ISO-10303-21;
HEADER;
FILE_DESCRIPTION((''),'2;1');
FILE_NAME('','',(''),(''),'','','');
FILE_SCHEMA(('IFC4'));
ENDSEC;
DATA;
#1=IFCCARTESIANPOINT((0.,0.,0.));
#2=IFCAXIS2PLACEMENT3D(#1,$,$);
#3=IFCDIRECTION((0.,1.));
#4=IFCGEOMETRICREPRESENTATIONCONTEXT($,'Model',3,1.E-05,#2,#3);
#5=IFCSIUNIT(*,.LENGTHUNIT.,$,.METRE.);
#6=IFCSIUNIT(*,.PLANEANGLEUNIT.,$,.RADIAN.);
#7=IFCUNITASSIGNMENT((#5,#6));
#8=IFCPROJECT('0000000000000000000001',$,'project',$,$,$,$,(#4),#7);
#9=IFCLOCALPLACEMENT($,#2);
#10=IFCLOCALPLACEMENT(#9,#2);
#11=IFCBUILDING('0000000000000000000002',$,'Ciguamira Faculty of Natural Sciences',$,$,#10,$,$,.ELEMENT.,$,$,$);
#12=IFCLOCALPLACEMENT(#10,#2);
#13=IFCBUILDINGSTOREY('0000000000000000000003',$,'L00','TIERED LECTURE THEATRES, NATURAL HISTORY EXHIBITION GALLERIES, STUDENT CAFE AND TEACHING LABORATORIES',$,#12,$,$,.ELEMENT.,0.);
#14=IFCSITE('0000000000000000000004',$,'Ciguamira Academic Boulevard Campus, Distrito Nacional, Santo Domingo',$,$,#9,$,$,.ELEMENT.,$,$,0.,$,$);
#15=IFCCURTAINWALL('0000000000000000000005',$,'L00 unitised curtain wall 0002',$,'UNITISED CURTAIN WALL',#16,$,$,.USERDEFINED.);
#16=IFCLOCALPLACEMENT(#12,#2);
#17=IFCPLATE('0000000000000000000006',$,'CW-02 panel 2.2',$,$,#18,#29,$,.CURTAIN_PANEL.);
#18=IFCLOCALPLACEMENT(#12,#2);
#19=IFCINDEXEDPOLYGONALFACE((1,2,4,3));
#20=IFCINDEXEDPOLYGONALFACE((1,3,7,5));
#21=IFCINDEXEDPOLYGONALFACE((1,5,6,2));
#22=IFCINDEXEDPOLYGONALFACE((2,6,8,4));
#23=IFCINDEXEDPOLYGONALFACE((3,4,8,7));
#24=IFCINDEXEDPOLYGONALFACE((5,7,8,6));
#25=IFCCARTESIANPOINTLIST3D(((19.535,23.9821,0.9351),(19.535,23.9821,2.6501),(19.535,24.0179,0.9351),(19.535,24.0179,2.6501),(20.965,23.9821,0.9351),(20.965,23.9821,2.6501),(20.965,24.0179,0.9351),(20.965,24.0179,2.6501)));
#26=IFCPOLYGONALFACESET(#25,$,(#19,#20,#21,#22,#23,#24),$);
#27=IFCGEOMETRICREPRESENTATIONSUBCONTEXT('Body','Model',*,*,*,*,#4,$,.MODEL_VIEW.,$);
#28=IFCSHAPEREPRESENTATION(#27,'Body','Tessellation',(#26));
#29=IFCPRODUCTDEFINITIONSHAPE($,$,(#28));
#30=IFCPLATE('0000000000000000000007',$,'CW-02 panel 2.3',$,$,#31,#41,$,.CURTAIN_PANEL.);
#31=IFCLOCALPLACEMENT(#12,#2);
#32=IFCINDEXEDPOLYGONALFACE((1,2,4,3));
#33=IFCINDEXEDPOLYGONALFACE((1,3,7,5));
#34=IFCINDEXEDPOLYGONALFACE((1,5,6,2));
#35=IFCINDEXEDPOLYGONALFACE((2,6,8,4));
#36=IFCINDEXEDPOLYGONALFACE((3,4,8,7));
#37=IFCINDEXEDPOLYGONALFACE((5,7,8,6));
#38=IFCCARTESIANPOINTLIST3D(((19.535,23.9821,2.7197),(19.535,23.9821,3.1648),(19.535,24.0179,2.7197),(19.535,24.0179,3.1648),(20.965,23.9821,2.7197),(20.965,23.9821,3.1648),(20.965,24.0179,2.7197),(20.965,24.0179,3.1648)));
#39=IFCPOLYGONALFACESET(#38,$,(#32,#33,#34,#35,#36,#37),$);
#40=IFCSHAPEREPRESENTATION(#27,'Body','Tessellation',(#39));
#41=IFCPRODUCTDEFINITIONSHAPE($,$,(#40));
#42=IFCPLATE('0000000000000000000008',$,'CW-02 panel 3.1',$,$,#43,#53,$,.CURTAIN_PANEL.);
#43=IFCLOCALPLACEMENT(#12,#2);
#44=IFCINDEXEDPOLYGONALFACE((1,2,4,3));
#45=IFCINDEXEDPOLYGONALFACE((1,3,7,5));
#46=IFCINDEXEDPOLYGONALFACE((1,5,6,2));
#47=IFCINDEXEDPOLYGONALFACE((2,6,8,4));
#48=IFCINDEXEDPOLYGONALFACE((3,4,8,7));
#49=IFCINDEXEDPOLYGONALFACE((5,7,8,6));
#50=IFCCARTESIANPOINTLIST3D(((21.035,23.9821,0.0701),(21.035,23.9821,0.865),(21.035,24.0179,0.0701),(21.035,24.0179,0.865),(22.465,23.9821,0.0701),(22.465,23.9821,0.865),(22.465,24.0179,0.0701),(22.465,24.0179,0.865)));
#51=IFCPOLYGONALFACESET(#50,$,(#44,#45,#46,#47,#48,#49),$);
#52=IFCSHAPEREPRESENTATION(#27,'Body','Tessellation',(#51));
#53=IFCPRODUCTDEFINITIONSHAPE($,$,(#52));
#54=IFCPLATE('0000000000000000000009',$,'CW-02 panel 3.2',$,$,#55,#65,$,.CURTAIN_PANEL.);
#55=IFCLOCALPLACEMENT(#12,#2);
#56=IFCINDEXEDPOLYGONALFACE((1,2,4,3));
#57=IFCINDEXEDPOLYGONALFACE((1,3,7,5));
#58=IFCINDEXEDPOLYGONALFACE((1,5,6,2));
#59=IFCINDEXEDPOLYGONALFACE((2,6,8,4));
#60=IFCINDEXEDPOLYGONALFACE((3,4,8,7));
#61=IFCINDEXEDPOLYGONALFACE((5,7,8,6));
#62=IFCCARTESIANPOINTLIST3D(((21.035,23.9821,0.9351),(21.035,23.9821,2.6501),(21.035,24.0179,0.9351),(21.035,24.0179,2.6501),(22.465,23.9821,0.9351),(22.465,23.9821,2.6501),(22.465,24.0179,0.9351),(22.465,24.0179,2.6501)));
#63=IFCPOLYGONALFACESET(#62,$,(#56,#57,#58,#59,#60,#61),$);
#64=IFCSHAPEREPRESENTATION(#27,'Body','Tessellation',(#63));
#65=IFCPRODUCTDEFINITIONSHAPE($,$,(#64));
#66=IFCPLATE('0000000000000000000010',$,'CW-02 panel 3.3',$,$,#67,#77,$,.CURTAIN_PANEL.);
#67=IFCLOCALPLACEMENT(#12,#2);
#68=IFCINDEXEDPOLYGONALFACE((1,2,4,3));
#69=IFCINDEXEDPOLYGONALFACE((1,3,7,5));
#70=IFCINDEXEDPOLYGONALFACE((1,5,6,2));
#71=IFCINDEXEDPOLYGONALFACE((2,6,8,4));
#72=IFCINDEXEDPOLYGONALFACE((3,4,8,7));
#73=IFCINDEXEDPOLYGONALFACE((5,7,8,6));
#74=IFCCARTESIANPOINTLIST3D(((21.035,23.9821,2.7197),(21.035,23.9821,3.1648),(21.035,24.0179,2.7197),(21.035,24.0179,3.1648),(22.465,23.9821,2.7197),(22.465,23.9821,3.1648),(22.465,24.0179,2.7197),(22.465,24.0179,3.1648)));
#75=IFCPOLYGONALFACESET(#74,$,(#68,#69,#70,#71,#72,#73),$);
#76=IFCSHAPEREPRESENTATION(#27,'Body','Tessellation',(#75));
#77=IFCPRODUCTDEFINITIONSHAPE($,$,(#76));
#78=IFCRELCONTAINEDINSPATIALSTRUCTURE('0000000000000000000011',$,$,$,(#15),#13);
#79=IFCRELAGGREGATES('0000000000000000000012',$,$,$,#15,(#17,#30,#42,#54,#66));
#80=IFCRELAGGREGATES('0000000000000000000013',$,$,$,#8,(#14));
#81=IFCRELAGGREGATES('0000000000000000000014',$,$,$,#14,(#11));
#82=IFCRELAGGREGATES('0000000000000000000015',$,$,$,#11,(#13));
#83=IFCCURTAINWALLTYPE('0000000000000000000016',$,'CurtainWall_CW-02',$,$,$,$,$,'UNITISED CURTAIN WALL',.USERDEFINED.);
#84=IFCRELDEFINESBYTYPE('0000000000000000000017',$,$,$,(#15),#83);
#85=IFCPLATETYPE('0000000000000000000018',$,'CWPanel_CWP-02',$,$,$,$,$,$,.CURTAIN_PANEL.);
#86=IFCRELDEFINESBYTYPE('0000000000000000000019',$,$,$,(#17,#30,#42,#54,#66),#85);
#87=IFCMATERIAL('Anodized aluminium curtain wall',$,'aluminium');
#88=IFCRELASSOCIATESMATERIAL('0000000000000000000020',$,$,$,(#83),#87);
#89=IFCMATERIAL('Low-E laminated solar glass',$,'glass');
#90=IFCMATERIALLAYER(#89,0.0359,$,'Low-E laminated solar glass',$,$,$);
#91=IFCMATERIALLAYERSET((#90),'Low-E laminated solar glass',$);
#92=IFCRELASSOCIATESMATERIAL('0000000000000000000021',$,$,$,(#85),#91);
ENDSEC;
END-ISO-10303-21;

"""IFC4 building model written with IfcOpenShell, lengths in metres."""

from ifc_helpers import new_model, si_unit, direction, frame, origin, origin_2d, place, context, subcontext, project, spatial, rectangle, extrude, material, layer, layer_set, type_object, element, aggregate, save


model = new_model("IFC4")

# Units and contexts
model_context = context("Model", 3, precision=1e-05, world=origin(), true_north=direction((0.0, 1.0)))
body_context = subcontext(model_context, "Body", "Model", "MODEL_VIEW")
ifc_project = project(units=[si_unit("LENGTHUNIT", "METRE"), si_unit("PLANEANGLEUNIT", "RADIAN")], contexts=[model_context])

# Site, building, storey
site_placement = place(None, origin())
site = spatial("IfcSite", under=ifc_project, at=site_placement, Name="Ciguamira Academic Boulevard Campus, Distrito Nacional, Santo Domingo", CompositionType="ELEMENT", RefElevation=0.0)
building_placement = place(site_placement, origin())
building = spatial("IfcBuilding", under=site, at=building_placement, Name="Ciguamira Faculty of Natural Sciences", CompositionType="ELEMENT")
storey_placement = place(building_placement, origin())
storey = spatial("IfcBuildingStorey", under=building, at=storey_placement, Name="L00", Description="TIERED LECTURE THEATRES, NATURAL HISTORY EXHIBITION GALLERIES, STUDENT CAFE AND TEACHING LABORATORIES", CompositionType="ELEMENT", Elevation=0.0)

# Curtain wall, plates
ifc_material_1 = material(Name="Anodized aluminium curtain wall", Category="aluminium")
curtain_wall_type = type_object("IfcCurtainWallType", Name="CurtainWall_CW-02", ElementType="UNITISED CURTAIN WALL", PredefinedType="USERDEFINED", material=ifc_material_1)
curtain_wall_placement = place(storey_placement, origin())
curtain_wall = element("IfcCurtainWall", 1, at=curtain_wall_placement, inside=storey, type_object=curtain_wall_type, Name="L00 unitised curtain wall 0002", ObjectType="UNITISED CURTAIN WALL", PredefinedType="USERDEFINED")
ifc_material_2 = material(Name="Low-E laminated solar glass", Category="glass")
ifc_layer = layer(ifc_material_2, 0.0359, Name="Low-E laminated solar glass")
ifc_layer_set = layer_set([ifc_layer], Name="Low-E laminated solar glass")
plate_type = type_object("IfcPlateType", Name="CWPanel_CWP-02", PredefinedType="CURTAIN_PANEL", material=ifc_layer_set)
plate_1_placement = place(storey_placement, frame((20.25, 24.0, 0.9351), z_axis=(0.0, 0.0, 1.0), x_axis=(1.0, 0.0, 0.0)))
plate_1 = element("IfcPlate", 2, at=plate_1_placement, type_object=plate_type, Name="CW-02 panel 2.2", PredefinedType="CURTAIN_PANEL", context=body_context, shape_type="SweptSolid", body=[
    extrude(rectangle(XDim=1.4299, YDim=0.0359, at=origin_2d()), origin(), (0.0, 0.0, 1.0), 1.7151),
])
plate_2_placement = place(storey_placement, frame((20.25, 24.0, 2.7197), z_axis=(0.0, 0.0, 1.0), x_axis=(1.0, 0.0, 0.0)))
plate_2 = element("IfcPlate", 3, at=plate_2_placement, type_object=plate_type, Name="CW-02 panel 2.3", PredefinedType="CURTAIN_PANEL", context=body_context, shape_type="SweptSolid", body=[
    extrude(rectangle(XDim=1.4299, YDim=0.0359, at=origin_2d()), origin(), (0.0, 0.0, 1.0), 0.4451),
])
plate_3_placement = place(storey_placement, frame((21.75, 24.0, 0.0701), z_axis=(0.0, 0.0, 1.0), x_axis=(1.0, 0.0, 0.0)))
plate_3 = element("IfcPlate", 4, at=plate_3_placement, type_object=plate_type, Name="CW-02 panel 3.1", PredefinedType="CURTAIN_PANEL", context=body_context, shape_type="SweptSolid", body=[
    extrude(rectangle(XDim=1.4299, YDim=0.0359, at=origin_2d()), origin(), (0.0, 0.0, 1.0), 0.7949),
])
plate_4_placement = place(storey_placement, frame((21.75, 24.0, 0.9351), z_axis=(0.0, 0.0, 1.0), x_axis=(1.0, 0.0, 0.0)))
plate_4 = element("IfcPlate", 5, at=plate_4_placement, type_object=plate_type, Name="CW-02 panel 3.2", PredefinedType="CURTAIN_PANEL", context=body_context, shape_type="SweptSolid", body=[
    extrude(rectangle(XDim=1.4299, YDim=0.0359, at=origin_2d()), origin(), (0.0, 0.0, 1.0), 1.7151),
])
plate_5_placement = place(storey_placement, frame((21.75, 24.0, 2.7197), z_axis=(0.0, 0.0, 1.0), x_axis=(1.0, 0.0, 0.0)))
plate_5 = element("IfcPlate", 6, at=plate_5_placement, type_object=plate_type, Name="CW-02 panel 3.3", PredefinedType="CURTAIN_PANEL", context=body_context, shape_type="SweptSolid", body=[
    extrude(rectangle(XDim=1.4299, YDim=0.0359, at=origin_2d()), origin(), (0.0, 0.0, 1.0), 0.4451),
])
aggregate(curtain_wall, [plate_1, plate_2, plate_3, plate_4, plate_5])

save(model, "model.ifc")
